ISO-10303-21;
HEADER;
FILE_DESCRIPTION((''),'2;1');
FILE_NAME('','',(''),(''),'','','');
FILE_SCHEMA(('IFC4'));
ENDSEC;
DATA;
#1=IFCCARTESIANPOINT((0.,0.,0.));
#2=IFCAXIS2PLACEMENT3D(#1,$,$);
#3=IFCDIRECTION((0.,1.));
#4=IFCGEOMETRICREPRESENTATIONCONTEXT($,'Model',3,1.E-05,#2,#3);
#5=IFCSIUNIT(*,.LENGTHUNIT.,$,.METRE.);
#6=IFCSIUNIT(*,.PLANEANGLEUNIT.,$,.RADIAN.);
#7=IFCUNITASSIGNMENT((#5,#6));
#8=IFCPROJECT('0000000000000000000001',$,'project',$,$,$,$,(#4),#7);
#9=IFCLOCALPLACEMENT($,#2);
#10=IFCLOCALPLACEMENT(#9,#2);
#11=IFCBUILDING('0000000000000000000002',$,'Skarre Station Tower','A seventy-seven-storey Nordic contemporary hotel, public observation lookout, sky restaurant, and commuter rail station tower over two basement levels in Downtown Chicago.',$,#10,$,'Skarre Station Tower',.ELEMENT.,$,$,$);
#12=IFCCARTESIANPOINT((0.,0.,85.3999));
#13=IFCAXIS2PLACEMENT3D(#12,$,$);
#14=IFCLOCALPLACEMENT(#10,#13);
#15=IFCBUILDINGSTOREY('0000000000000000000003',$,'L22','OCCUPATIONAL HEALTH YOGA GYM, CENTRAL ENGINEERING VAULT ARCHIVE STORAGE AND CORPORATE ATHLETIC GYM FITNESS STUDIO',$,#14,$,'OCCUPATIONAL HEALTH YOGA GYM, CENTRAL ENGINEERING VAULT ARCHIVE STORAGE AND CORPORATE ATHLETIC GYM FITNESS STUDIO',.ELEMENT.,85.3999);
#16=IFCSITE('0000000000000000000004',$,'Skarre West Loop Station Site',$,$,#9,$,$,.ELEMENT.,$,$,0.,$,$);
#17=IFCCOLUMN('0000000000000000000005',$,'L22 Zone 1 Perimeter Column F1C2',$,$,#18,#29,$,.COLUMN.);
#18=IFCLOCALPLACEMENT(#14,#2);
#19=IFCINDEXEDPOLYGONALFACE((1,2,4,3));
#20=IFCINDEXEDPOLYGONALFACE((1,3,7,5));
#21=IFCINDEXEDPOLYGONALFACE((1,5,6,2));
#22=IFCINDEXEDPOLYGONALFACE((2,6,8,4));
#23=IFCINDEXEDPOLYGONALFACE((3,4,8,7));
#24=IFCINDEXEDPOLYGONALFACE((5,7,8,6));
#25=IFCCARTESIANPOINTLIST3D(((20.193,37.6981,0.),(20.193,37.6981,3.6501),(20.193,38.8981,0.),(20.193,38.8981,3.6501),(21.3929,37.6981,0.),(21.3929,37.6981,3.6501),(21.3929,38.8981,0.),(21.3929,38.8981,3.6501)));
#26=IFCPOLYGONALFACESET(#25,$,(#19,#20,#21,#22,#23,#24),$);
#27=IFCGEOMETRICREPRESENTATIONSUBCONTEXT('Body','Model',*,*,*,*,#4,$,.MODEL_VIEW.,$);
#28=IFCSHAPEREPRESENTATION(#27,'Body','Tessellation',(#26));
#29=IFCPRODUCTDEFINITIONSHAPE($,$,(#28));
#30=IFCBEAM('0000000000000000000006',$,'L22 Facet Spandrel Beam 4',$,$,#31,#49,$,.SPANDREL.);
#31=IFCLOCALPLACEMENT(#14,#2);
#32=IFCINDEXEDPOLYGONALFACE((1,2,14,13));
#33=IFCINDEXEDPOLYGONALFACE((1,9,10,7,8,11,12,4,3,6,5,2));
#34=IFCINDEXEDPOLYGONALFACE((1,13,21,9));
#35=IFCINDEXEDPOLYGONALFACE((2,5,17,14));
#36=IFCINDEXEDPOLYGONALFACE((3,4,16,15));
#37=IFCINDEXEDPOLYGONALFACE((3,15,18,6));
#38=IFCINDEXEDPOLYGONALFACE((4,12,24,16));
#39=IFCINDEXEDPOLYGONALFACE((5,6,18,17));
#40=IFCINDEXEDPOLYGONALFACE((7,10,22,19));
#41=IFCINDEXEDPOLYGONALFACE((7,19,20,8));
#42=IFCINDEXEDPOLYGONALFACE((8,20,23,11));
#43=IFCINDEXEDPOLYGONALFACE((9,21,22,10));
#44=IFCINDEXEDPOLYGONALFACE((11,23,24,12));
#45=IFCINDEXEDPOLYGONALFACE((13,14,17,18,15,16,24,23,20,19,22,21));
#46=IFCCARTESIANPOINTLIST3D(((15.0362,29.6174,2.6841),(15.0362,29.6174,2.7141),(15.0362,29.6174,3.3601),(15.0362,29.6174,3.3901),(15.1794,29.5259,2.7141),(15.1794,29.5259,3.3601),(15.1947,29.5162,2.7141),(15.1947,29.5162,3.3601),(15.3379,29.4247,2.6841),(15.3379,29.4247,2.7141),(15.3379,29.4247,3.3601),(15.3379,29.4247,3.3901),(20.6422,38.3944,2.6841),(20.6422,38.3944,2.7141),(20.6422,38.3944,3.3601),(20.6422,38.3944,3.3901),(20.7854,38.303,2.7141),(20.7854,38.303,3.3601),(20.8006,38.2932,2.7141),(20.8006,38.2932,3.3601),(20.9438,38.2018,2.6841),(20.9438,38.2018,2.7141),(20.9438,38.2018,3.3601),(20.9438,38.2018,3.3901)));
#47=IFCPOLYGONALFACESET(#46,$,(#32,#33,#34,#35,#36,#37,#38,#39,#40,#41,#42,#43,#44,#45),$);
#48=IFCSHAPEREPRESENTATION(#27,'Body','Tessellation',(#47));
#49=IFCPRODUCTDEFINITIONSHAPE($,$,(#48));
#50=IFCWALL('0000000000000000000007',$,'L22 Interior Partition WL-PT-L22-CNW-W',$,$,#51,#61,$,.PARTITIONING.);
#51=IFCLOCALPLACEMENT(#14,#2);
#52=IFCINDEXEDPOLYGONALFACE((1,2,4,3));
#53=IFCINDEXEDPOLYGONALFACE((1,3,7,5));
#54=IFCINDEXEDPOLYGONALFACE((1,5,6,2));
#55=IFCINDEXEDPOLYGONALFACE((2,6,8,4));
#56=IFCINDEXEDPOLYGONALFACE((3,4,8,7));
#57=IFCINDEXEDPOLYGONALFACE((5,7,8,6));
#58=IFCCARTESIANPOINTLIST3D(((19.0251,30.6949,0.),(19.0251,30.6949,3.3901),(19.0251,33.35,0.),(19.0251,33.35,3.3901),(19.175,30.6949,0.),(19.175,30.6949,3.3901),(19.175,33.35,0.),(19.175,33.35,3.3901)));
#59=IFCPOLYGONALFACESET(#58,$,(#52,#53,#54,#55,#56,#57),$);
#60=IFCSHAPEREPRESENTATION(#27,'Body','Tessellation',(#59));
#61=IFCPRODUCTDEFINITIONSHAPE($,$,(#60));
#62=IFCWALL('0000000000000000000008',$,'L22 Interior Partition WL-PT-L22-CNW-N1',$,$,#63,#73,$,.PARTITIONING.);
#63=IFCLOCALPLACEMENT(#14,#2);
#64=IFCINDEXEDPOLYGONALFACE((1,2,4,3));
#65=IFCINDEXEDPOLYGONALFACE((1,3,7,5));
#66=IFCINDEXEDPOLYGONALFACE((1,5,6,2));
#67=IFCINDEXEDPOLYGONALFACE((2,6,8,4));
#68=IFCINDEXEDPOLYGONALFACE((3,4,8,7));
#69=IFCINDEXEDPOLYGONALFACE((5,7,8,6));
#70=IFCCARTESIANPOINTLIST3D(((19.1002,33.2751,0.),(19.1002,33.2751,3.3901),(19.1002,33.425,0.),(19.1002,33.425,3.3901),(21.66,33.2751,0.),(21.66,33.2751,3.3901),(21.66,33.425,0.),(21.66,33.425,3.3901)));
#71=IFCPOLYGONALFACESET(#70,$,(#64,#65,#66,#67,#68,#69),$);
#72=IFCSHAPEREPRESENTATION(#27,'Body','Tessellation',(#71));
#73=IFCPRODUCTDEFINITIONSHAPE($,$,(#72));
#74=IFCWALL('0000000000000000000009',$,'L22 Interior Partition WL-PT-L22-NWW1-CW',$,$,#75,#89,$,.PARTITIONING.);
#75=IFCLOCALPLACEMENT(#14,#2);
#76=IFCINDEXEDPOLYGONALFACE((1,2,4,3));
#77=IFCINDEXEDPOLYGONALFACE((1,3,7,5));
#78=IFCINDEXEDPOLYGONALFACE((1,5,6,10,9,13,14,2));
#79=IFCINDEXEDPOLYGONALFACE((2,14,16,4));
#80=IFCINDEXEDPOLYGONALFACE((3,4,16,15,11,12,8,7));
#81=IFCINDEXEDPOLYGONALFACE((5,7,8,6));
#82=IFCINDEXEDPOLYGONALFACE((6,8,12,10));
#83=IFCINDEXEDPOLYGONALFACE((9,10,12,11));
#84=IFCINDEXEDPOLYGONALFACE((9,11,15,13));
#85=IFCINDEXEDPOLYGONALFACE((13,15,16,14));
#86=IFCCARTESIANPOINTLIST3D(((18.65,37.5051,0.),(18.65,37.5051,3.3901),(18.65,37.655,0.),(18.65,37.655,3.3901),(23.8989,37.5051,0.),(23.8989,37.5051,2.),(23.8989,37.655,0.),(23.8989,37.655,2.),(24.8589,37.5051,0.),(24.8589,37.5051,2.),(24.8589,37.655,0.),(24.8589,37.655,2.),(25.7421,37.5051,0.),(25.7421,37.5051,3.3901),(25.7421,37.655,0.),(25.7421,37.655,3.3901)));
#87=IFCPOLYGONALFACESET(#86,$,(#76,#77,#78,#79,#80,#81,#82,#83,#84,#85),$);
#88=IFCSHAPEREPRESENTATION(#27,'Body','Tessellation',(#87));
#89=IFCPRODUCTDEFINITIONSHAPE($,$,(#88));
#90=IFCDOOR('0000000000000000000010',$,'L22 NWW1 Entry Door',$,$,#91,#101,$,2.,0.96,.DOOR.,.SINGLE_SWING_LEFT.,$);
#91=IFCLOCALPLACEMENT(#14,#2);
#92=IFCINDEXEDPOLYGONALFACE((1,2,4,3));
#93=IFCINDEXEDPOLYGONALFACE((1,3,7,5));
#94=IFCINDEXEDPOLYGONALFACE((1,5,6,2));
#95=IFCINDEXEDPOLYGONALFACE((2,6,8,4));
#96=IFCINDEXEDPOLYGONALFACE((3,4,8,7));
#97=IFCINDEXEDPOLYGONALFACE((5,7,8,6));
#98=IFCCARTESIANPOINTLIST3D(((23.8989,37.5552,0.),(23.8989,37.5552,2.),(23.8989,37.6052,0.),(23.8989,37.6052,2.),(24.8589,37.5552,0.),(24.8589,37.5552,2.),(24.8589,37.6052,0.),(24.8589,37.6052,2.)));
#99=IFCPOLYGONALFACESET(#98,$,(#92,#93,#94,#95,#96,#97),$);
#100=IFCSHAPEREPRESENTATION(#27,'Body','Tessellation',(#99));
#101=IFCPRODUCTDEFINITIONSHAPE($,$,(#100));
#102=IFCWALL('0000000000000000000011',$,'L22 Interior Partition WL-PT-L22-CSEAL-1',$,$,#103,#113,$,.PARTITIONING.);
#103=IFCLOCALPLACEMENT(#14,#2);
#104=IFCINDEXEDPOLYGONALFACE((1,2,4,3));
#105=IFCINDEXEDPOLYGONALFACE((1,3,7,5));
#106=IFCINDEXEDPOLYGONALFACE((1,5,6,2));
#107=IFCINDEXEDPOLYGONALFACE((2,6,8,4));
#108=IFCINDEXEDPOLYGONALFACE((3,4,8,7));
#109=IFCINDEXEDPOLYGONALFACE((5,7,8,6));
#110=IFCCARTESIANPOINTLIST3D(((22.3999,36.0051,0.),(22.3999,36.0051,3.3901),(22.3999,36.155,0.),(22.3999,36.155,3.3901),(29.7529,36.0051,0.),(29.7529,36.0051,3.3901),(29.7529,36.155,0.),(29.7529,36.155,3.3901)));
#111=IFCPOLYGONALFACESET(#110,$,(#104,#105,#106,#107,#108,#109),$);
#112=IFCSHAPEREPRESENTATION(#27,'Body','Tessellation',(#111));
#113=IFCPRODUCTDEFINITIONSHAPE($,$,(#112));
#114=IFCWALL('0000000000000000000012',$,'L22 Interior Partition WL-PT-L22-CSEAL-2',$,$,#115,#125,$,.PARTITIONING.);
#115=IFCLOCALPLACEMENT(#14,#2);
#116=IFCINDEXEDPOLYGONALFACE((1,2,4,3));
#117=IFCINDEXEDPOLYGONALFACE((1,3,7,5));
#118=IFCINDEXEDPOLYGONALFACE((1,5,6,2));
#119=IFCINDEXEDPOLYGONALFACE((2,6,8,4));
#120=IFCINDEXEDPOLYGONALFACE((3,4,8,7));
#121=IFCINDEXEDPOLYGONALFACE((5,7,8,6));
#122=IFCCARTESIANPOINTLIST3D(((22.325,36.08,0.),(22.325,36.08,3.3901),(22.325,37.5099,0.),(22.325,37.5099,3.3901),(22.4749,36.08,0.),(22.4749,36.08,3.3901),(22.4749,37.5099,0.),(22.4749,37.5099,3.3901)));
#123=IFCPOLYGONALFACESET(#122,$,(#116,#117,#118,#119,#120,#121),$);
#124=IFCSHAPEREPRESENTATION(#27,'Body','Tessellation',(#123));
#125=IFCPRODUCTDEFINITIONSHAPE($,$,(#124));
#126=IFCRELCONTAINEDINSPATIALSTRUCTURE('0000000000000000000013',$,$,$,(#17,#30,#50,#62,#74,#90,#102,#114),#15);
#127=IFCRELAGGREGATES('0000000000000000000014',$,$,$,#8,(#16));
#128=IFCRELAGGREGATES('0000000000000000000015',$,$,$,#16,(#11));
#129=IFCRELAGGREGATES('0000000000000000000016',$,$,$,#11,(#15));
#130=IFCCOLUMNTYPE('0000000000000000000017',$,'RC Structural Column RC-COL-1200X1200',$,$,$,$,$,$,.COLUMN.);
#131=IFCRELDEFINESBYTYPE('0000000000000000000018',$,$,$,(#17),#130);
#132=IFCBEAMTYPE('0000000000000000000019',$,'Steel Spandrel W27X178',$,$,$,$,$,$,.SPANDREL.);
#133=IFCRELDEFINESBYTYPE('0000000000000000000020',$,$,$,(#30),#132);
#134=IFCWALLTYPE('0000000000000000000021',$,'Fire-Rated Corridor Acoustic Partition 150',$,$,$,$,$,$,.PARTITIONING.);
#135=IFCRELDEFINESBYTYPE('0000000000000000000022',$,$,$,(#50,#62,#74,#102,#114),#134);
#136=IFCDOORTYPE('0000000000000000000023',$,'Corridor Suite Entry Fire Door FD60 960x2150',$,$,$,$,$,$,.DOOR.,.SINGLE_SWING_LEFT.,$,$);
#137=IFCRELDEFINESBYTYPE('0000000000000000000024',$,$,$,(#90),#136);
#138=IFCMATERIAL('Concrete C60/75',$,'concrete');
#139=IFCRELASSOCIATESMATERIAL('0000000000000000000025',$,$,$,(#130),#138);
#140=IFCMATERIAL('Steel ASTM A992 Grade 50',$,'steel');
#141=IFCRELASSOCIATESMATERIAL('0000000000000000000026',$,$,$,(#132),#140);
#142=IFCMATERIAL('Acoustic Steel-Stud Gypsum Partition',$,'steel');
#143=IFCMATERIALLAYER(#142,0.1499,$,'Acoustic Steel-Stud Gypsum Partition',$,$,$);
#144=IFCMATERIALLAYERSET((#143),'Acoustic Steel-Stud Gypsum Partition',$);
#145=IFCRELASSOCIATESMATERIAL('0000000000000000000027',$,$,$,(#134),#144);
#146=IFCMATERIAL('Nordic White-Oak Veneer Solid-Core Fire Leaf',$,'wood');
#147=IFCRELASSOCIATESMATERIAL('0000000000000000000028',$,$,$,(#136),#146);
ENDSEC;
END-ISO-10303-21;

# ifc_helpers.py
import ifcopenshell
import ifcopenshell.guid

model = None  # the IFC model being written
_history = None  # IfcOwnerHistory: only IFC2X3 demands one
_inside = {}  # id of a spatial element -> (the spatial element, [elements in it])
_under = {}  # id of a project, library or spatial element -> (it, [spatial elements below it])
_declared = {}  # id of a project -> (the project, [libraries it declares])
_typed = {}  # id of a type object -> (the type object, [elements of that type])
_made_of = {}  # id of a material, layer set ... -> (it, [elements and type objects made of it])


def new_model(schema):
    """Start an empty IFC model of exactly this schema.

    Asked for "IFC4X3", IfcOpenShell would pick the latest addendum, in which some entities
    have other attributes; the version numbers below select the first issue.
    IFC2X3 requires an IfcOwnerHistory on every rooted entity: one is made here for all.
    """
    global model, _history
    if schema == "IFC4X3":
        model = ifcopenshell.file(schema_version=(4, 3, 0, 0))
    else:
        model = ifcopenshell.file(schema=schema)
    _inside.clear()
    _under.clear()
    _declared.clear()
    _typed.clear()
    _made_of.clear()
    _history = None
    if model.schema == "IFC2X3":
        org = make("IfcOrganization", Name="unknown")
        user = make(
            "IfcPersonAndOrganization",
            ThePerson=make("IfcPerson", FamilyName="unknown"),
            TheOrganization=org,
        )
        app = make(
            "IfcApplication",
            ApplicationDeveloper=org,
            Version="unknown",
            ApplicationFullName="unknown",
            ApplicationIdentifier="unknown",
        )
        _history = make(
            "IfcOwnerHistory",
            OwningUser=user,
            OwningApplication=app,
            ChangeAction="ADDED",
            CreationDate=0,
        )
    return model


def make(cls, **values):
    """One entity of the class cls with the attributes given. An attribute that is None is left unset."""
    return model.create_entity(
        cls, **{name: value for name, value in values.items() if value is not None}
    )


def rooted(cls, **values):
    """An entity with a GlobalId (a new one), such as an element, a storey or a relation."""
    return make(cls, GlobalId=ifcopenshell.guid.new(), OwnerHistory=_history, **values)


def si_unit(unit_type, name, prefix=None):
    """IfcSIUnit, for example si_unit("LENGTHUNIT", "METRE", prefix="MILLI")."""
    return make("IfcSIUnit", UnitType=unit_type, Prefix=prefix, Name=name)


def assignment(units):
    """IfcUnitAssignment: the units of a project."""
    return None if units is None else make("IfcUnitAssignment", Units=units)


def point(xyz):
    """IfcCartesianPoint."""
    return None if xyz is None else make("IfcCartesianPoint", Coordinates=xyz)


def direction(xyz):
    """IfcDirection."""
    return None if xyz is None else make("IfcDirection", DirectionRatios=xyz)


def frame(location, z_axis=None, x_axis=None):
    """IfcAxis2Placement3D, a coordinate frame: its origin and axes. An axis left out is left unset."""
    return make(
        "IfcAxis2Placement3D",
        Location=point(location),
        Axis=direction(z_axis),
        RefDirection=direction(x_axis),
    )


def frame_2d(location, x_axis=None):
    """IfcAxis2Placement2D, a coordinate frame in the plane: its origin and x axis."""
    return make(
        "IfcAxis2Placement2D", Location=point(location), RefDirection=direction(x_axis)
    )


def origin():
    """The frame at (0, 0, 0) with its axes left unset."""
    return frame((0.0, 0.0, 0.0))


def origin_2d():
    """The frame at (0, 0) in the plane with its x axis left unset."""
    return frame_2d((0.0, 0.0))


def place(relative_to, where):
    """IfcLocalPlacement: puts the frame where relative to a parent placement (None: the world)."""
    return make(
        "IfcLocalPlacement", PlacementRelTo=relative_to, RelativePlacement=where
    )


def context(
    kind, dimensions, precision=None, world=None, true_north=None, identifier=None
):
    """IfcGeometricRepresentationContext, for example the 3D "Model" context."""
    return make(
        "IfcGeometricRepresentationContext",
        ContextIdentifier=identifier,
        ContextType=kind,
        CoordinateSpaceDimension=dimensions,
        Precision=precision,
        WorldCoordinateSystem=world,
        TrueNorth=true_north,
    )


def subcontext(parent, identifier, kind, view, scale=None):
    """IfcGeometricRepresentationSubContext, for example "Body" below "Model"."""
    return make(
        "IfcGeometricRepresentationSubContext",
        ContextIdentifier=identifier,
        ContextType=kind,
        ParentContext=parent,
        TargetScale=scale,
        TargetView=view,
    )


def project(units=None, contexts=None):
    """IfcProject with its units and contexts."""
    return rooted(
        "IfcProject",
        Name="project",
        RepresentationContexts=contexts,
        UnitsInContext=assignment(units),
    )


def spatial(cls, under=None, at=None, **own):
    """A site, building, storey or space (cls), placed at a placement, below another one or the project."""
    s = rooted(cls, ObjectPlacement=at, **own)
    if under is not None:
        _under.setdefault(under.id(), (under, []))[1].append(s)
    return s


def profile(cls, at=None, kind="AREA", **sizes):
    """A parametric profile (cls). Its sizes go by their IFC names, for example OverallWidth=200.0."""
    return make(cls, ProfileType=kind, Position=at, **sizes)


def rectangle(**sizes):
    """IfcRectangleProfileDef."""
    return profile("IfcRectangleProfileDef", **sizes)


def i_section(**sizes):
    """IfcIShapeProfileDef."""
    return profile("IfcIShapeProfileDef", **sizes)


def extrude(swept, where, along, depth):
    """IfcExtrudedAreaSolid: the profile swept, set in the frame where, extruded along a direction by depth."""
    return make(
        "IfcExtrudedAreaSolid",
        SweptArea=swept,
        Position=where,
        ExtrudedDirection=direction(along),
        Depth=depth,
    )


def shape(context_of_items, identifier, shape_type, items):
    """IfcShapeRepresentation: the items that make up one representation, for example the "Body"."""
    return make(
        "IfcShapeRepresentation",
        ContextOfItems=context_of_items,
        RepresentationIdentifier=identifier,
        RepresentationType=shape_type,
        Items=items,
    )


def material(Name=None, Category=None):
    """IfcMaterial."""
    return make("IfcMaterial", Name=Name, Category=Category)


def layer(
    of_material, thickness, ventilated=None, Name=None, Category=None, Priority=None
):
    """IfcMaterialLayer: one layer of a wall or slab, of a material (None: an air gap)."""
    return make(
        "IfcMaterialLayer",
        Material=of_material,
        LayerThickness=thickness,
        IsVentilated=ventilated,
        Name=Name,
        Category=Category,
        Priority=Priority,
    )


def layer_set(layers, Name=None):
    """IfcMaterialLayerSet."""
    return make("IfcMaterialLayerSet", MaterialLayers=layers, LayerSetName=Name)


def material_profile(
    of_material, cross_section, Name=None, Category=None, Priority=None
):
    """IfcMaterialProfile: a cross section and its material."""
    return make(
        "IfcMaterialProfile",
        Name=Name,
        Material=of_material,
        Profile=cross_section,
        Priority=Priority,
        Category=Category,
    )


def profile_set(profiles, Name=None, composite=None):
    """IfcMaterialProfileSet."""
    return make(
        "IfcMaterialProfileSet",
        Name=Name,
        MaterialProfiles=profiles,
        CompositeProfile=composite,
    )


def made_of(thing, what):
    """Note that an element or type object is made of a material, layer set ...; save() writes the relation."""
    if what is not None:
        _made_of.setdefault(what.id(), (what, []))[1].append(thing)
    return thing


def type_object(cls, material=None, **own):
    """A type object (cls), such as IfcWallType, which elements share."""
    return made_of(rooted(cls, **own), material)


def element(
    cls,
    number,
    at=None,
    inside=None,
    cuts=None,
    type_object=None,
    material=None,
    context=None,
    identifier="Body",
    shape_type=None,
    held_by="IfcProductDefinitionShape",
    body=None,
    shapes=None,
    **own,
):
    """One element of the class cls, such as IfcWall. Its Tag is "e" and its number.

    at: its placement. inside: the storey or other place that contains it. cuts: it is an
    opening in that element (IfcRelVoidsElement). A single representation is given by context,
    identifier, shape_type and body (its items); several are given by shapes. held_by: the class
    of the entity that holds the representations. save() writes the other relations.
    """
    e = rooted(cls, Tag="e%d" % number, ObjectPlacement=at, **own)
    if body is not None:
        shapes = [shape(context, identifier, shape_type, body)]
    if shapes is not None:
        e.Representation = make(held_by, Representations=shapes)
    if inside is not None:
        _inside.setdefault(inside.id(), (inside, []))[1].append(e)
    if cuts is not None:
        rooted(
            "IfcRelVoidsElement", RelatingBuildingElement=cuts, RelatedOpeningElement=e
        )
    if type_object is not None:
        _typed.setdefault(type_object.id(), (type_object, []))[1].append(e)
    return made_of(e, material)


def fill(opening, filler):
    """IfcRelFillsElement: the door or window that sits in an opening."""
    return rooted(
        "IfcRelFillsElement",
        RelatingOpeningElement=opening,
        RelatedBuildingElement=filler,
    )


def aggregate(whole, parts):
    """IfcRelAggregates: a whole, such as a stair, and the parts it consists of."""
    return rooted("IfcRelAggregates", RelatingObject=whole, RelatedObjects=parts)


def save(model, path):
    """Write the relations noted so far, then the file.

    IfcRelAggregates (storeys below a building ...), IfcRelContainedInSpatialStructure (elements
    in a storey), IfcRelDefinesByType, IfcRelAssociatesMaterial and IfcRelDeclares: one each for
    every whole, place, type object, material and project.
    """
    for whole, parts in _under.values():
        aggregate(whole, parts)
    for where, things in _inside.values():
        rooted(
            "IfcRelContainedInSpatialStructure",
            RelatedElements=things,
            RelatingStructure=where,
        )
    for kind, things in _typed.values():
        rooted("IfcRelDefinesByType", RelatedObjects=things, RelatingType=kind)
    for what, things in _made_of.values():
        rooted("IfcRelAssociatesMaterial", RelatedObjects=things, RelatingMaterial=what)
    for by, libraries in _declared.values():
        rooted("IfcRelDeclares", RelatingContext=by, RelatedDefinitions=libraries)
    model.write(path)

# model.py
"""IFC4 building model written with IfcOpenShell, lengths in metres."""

from ifc_helpers import new_model, si_unit, direction, frame, frame_2d, origin, origin_2d, place, context, subcontext, project, spatial, rectangle, i_section, extrude, material, layer, layer_set, material_profile, profile_set, type_object, element, fill, save


model = new_model("IFC4")

# Units and contexts
model_context = context("Model", 3, precision=1e-05, world=origin(), true_north=direction((0.0, 1.0)))
body_context = subcontext(model_context, "Body", "Model", "MODEL_VIEW")
ifc_project = project(units=[si_unit("LENGTHUNIT", "METRE"), si_unit("PLANEANGLEUNIT", "RADIAN")], contexts=[model_context])

# Site, building, storey
site_placement = place(None, origin())
site = spatial("IfcSite", under=ifc_project, at=site_placement, Name="Skarre West Loop Station Site", CompositionType="ELEMENT", RefElevation=0.0)
building_placement = place(site_placement, origin())
building = spatial("IfcBuilding", under=site, at=building_placement, Name="Skarre Station Tower", Description="A seventy-seven-storey Nordic contemporary hotel, public observation lookout, sky restaurant, and commuter rail station tower over two basement levels in Downtown Chicago.", LongName="Skarre Station Tower", CompositionType="ELEMENT")
storey_placement = place(building_placement, frame((0.0, 0.0, 85.3999)))
storey = spatial("IfcBuildingStorey", under=building, at=storey_placement, Name="L22", Description="OCCUPATIONAL HEALTH YOGA GYM, CENTRAL ENGINEERING VAULT ARCHIVE STORAGE AND CORPORATE ATHLETIC GYM FITNESS STUDIO", LongName="OCCUPATIONAL HEALTH YOGA GYM, CENTRAL ENGINEERING VAULT ARCHIVE STORAGE AND CORPORATE ATHLETIC GYM FITNESS STUDIO", CompositionType="ELEMENT", Elevation=85.3999)

# Column
ifc_material_1 = material(Name="Concrete C60/75", Category="concrete")
ifc_material_profile_1 = material_profile(ifc_material_1, rectangle(XDim=1.2, YDim=1.2, at=origin_2d()), Name="Concrete C60/75")
ifc_profile_set_1 = profile_set([ifc_material_profile_1], Name="Concrete C60/75")
column_type = type_object("IfcColumnType", Name="RC Structural Column RC-COL-1200X1200", PredefinedType="COLUMN", material=ifc_profile_set_1)
column_placement = place(storey_placement, frame((20.793, 38.2981, 0.0), z_axis=(0.0, 0.0, 1.0), x_axis=(1.0, 0.0, 0.0)))
element("IfcColumn", 1, at=column_placement, inside=storey, type_object=column_type, Name="L22 Zone 1 Perimeter Column F1C2", PredefinedType="COLUMN", context=body_context, shape_type="SweptSolid", body=[
    extrude(rectangle(XDim=1.2, YDim=1.2, at=origin_2d()), origin(), (0.0, 0.0, 1.0), 3.6501),
])

# Beam
ifc_material_2 = material(Name="Steel ASTM A992 Grade 50", Category="steel")
ifc_material_profile_2 = material_profile(ifc_material_2, i_section(OverallWidth=0.3579, OverallDepth=0.7061, WebThickness=0.0181, FlangeThickness=0.03, at=origin_2d()), Name="Steel ASTM A992 Grade 50")
ifc_profile_set_2 = profile_set([ifc_material_profile_2], Name="Steel ASTM A992 Grade 50")
beam_type = type_object("IfcBeamType", Name="Steel Spandrel W27X178", PredefinedType="SPANDREL", material=ifc_profile_set_2)
beam_placement = place(storey_placement, frame((20.793, 38.2981, 3.0371), z_axis=(-0.538278, -0.842767, 0.0), x_axis=(0.842767, -0.538278, 0.0)))
element("IfcBeam", 2, at=beam_placement, inside=storey, type_object=beam_type, Name="L22 Facet Spandrel Beam 4", PredefinedType="SPANDREL", context=body_context, shape_type="SweptSolid", body=[
    extrude(i_section(OverallWidth=0.3579, OverallDepth=0.7061, WebThickness=0.0181, FlangeThickness=0.03, at=origin_2d()), origin(), (0.0, 0.0, 1.0), 10.4146),
])

# Walls
ifc_material_3 = material(Name="Acoustic Steel-Stud Gypsum Partition", Category="steel")
ifc_layer_1 = layer(ifc_material_3, 0.1499, Name="Acoustic Steel-Stud Gypsum Partition")
ifc_layer_set_1 = layer_set([ifc_layer_1], Name="Acoustic Steel-Stud Gypsum Partition")
wall_type_1 = type_object("IfcWallType", Name="Fire-Rated Corridor Acoustic Partition 150", PredefinedType="PARTITIONING", material=ifc_layer_set_1)
wall_1_placement = place(storey_placement, frame((19.1001, 33.3501, 0.0), z_axis=(0.0, 0.0, 1.0), x_axis=(0.0, -1.0, 0.0)))
element("IfcWall", 3, at=wall_1_placement, inside=storey, type_object=wall_type_1, Name="L22 Interior Partition WL-PT-L22-CNW-W", PredefinedType="PARTITIONING", context=body_context, shape_type="SweptSolid", body=[
    extrude(rectangle(XDim=2.655, YDim=0.1499, at=frame_2d((1.3276, 0.0))), origin(), (0.0, 0.0, 1.0), 3.3901),
])
wall_2_placement = place(storey_placement, frame((21.6599, 33.3501, 0.0), z_axis=(0.0, 0.0, 1.0), x_axis=(-1.0, 0.0, 0.0)))
element("IfcWall", 4, at=wall_2_placement, inside=storey, type_object=wall_type_1, Name="L22 Interior Partition WL-PT-L22-CNW-N1", PredefinedType="PARTITIONING", context=body_context, shape_type="SweptSolid", body=[
    extrude(rectangle(XDim=2.5598, YDim=0.1499, at=frame_2d((1.2798, 0.0))), origin(), (0.0, 0.0, 1.0), 3.3901),
])

# Wall, opening, door
wall_3_placement = place(storey_placement, frame((25.7419, 37.5801, 0.0), z_axis=(0.0, 0.0, 1.0), x_axis=(-1.0, 0.0, 0.0)))
wall_3 = element("IfcWall", 5, at=wall_3_placement, inside=storey, type_object=wall_type_1, Name="L22 Interior Partition WL-PT-L22-NWW1-CW", PredefinedType="PARTITIONING", context=body_context, shape_type="SweptSolid", body=[
    extrude(rectangle(XDim=7.092, YDim=0.1499, at=frame_2d((3.5459, 0.0))), origin(), (0.0, 0.0, 1.0), 3.3901),
])
opening_1_placement = place(wall_3_placement, frame((0.8831, 0.0, 0.0)))
opening_1 = element("IfcOpeningElement", 6, at=opening_1_placement, cuts=wall_3, PredefinedType="OPENING", context=body_context, shape_type="SweptSolid", body=[
    extrude(rectangle(XDim=0.96, YDim=2.0, at=frame_2d((0.48, 1.0))), frame((0.0, 0.085, 0.0), z_axis=(0.0, -1.0, 0.0), x_axis=(1.0, 0.0, 0.0)), (0.0, 0.0, 1.0), 0.1699),
])
ifc_material_4 = material(Name="Nordic White-Oak Veneer Solid-Core Fire Leaf", Category="wood")
door_type = type_object("IfcDoorType", Name="Corridor Suite Entry Fire Door FD60 960x2150", OperationType="SINGLE_SWING_LEFT", PredefinedType="DOOR", material=ifc_material_4)
door_placement = place(opening_1_placement, origin())
door = element("IfcDoor", 7, at=door_placement, inside=storey, type_object=door_type, Name="L22 NWW1 Entry Door", OperationType="SINGLE_SWING_LEFT", OverallHeight=2.0, OverallWidth=0.96, PredefinedType="DOOR", context=body_context, shape_type="SweptSolid", body=[
    extrude(rectangle(XDim=0.96, YDim=2.0, at=frame_2d((0.48, 1.0))), frame((0.0, 0.0249, 0.0), z_axis=(0.0, -1.0, 0.0), x_axis=(1.0, 0.0, 0.0)), (0.0, 0.0, 1.0), 0.05),
])
fill(opening_1, door)

# Walls
wall_4_placement = place(storey_placement, frame((29.7529, 36.0801, 0.0), z_axis=(0.0, 0.0, 1.0), x_axis=(-1.0, 0.0, 0.0)))
element("IfcWall", 8, at=wall_4_placement, inside=storey, type_object=wall_type_1, Name="L22 Interior Partition WL-PT-L22-CSEAL-1", PredefinedType="PARTITIONING", context=body_context, shape_type="SweptSolid", body=[
    extrude(rectangle(XDim=7.353, YDim=0.1499, at=frame_2d((3.6765, 0.0))), origin(), (0.0, 0.0, 1.0), 3.3901),
])
wall_5_placement = place(storey_placement, frame((22.3999, 36.0801, 0.0), z_axis=(0.0, 0.0, 1.0), x_axis=(0.0, 1.0, 0.0)))
element("IfcWall", 9, at=wall_5_placement, inside=storey, type_object=wall_type_1, Name="L22 Interior Partition WL-PT-L22-CSEAL-2", PredefinedType="PARTITIONING", context=body_context, shape_type="SweptSolid", body=[
    extrude(rectangle(XDim=1.4299, YDim=0.1499, at=frame_2d((0.7148, 0.0))), origin(), (0.0, 0.0, 1.0), 3.3901),
])

save(model, "model.ifc")
